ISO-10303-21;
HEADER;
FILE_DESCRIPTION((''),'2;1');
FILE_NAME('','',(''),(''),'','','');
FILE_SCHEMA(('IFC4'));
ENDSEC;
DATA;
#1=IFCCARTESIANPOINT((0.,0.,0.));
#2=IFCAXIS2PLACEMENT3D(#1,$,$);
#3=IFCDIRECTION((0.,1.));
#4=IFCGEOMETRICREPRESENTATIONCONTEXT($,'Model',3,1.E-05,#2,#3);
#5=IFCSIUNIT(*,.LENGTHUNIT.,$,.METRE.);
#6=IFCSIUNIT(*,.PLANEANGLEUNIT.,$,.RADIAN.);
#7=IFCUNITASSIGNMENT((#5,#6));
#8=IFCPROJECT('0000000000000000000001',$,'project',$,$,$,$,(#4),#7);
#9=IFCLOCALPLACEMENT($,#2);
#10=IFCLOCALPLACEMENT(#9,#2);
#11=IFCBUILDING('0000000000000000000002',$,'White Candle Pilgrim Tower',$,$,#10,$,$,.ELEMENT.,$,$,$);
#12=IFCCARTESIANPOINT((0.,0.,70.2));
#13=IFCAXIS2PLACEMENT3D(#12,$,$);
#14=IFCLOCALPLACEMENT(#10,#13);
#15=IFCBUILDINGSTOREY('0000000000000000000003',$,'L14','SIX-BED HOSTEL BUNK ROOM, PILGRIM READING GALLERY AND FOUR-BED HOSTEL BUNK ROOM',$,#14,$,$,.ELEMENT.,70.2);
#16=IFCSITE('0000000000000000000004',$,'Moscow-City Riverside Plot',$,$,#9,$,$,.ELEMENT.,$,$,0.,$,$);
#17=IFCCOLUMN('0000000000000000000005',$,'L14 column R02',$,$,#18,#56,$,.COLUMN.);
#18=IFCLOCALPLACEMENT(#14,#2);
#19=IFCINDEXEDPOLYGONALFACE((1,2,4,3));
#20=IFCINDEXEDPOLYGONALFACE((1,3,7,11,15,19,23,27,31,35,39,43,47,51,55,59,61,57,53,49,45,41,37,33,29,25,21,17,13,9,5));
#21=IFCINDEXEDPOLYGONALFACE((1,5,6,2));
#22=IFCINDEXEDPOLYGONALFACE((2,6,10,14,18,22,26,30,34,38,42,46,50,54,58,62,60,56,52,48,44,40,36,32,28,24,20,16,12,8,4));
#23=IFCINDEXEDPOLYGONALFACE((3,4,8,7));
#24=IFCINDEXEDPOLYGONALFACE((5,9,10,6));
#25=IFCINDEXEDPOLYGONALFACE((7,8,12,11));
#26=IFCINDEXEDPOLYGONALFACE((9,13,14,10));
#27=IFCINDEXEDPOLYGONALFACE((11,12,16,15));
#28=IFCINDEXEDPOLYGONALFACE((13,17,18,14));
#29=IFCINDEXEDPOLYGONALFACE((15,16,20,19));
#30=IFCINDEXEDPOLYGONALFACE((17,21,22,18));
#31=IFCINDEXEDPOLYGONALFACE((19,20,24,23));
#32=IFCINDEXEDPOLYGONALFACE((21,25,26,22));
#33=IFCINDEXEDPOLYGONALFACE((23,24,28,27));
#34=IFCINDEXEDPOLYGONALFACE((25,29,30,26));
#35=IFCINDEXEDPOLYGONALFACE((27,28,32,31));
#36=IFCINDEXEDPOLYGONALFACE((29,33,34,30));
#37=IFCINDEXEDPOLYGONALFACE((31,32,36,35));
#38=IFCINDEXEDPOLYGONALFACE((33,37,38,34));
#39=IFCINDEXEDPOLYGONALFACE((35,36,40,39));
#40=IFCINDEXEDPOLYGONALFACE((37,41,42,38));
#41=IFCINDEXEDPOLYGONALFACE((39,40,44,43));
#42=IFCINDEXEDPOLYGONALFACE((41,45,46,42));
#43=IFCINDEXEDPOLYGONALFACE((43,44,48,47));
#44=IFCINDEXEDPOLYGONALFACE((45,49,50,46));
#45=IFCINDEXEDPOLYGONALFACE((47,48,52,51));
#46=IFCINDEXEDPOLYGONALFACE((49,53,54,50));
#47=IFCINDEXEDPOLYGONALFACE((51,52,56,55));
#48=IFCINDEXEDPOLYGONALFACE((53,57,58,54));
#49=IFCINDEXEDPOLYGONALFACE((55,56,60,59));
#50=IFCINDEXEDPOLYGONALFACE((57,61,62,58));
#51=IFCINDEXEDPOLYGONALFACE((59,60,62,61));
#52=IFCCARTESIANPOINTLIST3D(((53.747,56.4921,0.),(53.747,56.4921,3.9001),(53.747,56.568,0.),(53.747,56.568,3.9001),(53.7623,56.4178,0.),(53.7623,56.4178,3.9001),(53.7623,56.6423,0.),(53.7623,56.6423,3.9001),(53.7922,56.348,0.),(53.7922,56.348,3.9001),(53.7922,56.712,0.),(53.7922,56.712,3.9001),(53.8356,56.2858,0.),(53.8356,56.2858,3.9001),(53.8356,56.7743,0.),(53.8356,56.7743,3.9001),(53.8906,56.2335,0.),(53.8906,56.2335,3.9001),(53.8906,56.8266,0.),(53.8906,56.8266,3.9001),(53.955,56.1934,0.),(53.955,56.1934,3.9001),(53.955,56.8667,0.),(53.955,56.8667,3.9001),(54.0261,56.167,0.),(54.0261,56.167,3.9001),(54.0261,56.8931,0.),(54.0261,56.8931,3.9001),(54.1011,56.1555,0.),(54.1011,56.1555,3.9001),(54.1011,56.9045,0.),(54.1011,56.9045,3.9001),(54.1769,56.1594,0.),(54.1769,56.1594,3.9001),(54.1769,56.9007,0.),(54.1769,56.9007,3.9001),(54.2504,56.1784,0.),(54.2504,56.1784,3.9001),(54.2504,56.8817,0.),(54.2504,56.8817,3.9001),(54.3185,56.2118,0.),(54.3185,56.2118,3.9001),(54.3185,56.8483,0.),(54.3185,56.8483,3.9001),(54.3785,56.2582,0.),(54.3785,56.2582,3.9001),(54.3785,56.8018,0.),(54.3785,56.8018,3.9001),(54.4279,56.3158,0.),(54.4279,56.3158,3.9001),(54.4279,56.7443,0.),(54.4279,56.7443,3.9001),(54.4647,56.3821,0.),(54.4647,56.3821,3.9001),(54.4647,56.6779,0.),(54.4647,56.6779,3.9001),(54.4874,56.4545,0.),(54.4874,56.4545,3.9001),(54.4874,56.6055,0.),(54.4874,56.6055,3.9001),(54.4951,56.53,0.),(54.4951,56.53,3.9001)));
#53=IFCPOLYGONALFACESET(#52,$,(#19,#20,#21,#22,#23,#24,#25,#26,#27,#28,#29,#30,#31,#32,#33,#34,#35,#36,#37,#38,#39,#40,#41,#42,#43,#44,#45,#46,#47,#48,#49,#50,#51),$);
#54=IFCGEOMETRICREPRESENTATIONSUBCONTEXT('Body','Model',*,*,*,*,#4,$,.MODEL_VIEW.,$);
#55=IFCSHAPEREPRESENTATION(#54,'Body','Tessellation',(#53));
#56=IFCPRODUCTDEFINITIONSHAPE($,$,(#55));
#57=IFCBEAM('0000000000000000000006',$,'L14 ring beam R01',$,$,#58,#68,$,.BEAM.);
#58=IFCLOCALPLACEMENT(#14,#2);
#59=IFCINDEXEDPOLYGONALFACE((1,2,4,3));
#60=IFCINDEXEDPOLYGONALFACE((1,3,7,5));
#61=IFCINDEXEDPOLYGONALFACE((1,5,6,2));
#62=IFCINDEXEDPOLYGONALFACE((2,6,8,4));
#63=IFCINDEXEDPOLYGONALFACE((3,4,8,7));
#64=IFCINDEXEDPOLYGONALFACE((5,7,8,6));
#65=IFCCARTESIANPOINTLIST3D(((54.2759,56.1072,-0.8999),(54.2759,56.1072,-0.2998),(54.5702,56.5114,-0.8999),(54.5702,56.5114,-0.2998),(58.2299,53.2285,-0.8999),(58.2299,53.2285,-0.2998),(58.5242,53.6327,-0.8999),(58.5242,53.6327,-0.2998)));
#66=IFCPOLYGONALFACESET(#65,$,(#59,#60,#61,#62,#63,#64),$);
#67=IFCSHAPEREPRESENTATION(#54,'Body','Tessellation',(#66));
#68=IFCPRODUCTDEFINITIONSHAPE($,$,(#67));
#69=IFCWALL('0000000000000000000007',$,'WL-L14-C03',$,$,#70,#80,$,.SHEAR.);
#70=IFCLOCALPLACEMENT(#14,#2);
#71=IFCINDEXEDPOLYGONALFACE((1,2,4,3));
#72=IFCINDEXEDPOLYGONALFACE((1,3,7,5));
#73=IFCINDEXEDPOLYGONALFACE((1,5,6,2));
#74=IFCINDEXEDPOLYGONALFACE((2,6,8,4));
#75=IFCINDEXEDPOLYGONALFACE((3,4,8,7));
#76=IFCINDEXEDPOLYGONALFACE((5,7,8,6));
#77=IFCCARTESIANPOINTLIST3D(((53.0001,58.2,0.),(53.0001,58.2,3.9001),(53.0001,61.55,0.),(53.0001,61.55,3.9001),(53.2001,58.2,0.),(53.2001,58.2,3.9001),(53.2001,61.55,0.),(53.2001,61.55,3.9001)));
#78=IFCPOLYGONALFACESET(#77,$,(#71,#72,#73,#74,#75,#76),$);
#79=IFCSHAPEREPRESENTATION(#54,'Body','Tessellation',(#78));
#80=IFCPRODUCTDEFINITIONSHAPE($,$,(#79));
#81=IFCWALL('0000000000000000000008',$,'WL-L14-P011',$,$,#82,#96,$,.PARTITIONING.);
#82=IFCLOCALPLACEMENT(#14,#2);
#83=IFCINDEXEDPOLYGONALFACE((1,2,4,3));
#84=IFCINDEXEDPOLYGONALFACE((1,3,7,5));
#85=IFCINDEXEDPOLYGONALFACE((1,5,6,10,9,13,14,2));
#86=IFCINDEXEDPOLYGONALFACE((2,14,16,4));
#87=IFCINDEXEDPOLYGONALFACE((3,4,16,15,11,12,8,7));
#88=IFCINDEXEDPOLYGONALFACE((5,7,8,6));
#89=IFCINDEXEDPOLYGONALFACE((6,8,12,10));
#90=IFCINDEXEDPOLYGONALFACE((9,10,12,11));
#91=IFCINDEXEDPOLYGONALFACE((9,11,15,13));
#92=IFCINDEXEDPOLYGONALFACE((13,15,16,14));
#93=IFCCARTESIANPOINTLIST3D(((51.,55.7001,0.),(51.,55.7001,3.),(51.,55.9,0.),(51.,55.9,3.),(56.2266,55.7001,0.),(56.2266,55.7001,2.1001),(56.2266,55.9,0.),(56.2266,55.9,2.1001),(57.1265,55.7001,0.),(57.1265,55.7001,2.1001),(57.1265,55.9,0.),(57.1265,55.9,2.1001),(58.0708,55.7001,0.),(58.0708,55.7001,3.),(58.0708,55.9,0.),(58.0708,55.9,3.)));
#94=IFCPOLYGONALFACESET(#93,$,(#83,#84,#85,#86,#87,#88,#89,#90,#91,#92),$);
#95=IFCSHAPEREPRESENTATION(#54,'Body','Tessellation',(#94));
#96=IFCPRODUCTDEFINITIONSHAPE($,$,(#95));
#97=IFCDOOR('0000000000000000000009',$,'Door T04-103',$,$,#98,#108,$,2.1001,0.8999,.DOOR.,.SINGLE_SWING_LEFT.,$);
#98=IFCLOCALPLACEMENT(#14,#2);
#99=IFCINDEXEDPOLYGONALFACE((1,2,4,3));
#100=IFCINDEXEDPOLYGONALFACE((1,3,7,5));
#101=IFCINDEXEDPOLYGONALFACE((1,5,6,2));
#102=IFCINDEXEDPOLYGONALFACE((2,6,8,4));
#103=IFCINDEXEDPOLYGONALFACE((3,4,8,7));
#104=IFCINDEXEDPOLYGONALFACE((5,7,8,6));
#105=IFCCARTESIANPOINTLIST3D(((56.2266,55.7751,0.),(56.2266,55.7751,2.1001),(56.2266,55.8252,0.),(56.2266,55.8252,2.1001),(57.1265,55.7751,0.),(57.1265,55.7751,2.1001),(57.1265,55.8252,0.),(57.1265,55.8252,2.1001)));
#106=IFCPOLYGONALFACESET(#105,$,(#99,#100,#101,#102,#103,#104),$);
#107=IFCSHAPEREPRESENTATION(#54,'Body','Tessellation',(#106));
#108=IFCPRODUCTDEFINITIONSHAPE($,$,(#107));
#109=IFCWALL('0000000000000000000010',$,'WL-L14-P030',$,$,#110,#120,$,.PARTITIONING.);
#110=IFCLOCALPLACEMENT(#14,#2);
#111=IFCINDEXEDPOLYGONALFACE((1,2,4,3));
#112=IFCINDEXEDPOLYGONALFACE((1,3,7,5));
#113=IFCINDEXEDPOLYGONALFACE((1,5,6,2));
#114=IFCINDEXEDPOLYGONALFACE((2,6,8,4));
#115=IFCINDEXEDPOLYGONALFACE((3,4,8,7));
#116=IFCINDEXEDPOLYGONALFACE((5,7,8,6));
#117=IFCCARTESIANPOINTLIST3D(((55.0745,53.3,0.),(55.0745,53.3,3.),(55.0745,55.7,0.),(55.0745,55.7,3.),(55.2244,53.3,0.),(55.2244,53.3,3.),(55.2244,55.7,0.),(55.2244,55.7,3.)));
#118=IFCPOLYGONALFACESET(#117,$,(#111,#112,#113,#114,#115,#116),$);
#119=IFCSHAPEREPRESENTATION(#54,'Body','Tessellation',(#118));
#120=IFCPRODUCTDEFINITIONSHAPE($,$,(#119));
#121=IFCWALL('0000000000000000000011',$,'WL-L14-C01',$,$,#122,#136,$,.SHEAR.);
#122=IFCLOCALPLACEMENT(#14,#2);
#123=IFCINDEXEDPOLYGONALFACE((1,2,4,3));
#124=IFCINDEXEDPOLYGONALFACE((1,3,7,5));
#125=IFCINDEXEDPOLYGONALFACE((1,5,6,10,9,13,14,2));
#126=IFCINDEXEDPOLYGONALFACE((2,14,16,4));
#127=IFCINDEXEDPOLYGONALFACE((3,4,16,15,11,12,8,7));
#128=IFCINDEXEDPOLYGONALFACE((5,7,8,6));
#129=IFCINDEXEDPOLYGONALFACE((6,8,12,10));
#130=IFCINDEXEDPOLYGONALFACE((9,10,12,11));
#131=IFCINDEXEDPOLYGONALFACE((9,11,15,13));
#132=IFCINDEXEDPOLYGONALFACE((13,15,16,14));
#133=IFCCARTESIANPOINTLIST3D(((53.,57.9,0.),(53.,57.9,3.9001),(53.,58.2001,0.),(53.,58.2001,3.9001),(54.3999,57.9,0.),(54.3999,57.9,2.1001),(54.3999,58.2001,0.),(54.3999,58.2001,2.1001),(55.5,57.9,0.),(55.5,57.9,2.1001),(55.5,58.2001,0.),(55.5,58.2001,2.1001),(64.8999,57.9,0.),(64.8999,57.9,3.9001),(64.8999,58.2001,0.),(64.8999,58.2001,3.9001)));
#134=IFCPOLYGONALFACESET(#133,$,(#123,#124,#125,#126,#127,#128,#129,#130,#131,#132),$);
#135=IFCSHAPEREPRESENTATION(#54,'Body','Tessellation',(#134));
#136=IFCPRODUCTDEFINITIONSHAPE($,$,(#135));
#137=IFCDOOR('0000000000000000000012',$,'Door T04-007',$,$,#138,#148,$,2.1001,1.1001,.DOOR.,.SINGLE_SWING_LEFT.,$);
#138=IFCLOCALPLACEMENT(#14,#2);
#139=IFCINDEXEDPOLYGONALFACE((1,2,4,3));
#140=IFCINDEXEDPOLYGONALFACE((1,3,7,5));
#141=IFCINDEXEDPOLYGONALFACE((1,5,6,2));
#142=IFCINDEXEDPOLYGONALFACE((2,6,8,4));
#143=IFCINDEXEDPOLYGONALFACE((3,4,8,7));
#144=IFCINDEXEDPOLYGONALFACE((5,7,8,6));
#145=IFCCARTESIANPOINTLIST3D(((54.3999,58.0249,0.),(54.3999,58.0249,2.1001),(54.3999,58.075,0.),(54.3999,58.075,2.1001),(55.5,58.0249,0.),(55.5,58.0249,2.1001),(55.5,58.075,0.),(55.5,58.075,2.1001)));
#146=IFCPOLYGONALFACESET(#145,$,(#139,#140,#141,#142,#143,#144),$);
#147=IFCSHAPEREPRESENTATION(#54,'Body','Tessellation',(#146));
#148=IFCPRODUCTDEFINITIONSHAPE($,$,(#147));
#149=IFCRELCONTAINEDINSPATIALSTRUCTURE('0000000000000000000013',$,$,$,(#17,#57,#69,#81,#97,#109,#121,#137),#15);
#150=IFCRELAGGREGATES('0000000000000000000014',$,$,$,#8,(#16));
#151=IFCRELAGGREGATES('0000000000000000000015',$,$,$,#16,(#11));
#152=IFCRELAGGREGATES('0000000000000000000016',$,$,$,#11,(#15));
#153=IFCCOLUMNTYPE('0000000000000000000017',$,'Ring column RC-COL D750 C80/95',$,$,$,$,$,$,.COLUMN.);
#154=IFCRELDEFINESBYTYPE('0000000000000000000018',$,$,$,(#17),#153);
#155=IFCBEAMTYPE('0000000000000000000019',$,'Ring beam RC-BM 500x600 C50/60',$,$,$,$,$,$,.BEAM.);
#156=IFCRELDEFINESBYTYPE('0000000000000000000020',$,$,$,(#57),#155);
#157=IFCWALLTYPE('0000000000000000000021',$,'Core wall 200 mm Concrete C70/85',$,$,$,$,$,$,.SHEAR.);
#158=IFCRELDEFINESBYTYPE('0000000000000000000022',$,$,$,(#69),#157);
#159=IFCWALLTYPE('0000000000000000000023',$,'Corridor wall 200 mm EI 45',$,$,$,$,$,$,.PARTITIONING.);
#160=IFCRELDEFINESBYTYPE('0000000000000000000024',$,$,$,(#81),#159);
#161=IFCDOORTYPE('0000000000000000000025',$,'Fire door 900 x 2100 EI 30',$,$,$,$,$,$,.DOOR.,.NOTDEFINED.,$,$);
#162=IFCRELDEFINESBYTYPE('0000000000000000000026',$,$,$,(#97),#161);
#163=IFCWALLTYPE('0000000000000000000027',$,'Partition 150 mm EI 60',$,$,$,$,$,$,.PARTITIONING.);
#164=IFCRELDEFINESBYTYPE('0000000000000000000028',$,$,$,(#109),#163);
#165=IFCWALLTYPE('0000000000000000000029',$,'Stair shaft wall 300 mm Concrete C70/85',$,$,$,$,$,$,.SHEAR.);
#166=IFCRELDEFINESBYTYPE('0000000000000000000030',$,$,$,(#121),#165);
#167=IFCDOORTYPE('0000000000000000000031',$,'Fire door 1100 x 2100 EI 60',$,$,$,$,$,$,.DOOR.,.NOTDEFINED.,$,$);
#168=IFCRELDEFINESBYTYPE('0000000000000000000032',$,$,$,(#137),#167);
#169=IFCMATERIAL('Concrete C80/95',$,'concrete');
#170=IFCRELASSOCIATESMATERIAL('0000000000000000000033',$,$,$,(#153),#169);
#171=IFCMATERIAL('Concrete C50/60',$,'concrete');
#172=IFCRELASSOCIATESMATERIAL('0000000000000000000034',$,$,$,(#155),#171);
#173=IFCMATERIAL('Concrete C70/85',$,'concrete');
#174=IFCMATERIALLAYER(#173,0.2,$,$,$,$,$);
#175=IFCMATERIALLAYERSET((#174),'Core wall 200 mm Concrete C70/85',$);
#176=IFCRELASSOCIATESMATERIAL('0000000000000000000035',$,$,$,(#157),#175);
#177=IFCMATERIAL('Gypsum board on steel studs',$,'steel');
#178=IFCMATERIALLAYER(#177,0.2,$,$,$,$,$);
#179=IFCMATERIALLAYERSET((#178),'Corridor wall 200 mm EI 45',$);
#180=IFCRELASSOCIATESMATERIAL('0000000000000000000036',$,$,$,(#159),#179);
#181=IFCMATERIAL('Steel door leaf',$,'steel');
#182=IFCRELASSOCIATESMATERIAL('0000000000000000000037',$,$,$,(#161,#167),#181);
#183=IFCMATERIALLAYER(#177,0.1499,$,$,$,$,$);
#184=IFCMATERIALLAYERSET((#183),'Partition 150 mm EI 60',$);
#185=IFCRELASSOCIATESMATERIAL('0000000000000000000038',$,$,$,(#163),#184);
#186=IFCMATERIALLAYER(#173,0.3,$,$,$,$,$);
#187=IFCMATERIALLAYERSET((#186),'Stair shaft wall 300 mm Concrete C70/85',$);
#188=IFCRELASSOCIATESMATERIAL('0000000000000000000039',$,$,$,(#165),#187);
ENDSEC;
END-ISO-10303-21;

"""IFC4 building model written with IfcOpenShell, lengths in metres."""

from ifc_helpers import new_model, si_unit, direction, frame, frame_2d, origin, origin_2d, place, context, subcontext, project, spatial, rectangle, circle, extrude, material, layer, layer_set, material_profile, profile_set, type_object, element, fill, save


model = new_model("IFC4")

# Units and contexts
model_context = context("Model", 3, precision=1e-05, world=origin(), true_north=direction((0.0, 1.0)))
body_context = subcontext(model_context, "Body", "Model", "MODEL_VIEW")
ifc_project = project(units=[si_unit("LENGTHUNIT", "METRE"), si_unit("PLANEANGLEUNIT", "RADIAN")], contexts=[model_context])

# Site, building, storey
site_placement = place(None, origin())
site = spatial("IfcSite", under=ifc_project, at=site_placement, Name="Moscow-City Riverside Plot", CompositionType="ELEMENT", RefElevation=0.0)
building_placement = place(site_placement, origin())
building = spatial("IfcBuilding", under=site, at=building_placement, Name="White Candle Pilgrim Tower", CompositionType="ELEMENT")
storey_placement = place(building_placement, frame((0.0, 0.0, 70.2)))
storey = spatial("IfcBuildingStorey", under=building, at=storey_placement, Name="L14", Description="SIX-BED HOSTEL BUNK ROOM, PILGRIM READING GALLERY AND FOUR-BED HOSTEL BUNK ROOM", CompositionType="ELEMENT", Elevation=70.2)

# Column
ifc_material_1 = material(Name="Concrete C80/95", Category="concrete")
ifc_material_profile_1 = material_profile(ifc_material_1, circle(Radius=0.375, at=origin_2d()), Name="RC-COL D750")
ifc_profile_set_1 = profile_set([ifc_material_profile_1], Name="Concrete C80/95")
column_type = type_object("IfcColumnType", Name="Ring column RC-COL D750 C80/95", PredefinedType="COLUMN", material=ifc_profile_set_1)
column_placement = place(storey_placement, frame((54.1201, 56.53, 0.0), z_axis=(0.0, 0.0, 1.0), x_axis=(1.0, 0.0, 0.0)))
element("IfcColumn", 1, at=column_placement, inside=storey, type_object=column_type, Name="L14 column R02", PredefinedType="COLUMN", context=body_context, shape_type="SweptSolid", body=[
    extrude(circle(Radius=0.375, at=origin_2d()), origin(), (0.0, 0.0, 1.0), 3.9001),
])

# Beam
ifc_material_2 = material(Name="Concrete C50/60", Category="concrete")
ifc_material_profile_2 = material_profile(ifc_material_2, rectangle(XDim=0.5, YDim=0.6001, at=origin_2d()), Name="RC-BM 500x600")
ifc_profile_set_2 = profile_set([ifc_material_profile_2], Name="Concrete C50/60")
beam_type = type_object("IfcBeamType", Name="Ring beam RC-BM 500x600 C50/60", PredefinedType="BEAM", material=ifc_profile_set_2)
beam_placement = place(storey_placement, frame((54.4231, 56.3093, -0.5999), z_axis=(0.808432, -0.58859, 0.0), x_axis=(0.58859, 0.808432, 0.0)))
element("IfcBeam", 2, at=beam_placement, inside=storey, type_object=beam_type, Name="L14 ring beam R01", PredefinedType="BEAM", context=body_context, shape_type="SweptSolid", body=[
    extrude(rectangle(XDim=0.5, YDim=0.6001, at=origin_2d()), origin(), (0.0, 0.0, 1.0), 4.8909),
])

# Wall
ifc_material_3 = material(Name="Concrete C70/85", Category="concrete")
ifc_layer_1 = layer(ifc_material_3, 0.2)
ifc_layer_set_1 = layer_set([ifc_layer_1], Name="Core wall 200 mm Concrete C70/85")
wall_type_1 = type_object("IfcWallType", Name="Core wall 200 mm Concrete C70/85", PredefinedType="SHEAR", material=ifc_layer_set_1)
wall_1_placement = place(storey_placement, frame((53.1001, 58.2, 0.0), z_axis=(0.0, 0.0, 1.0), x_axis=(0.0, 1.0, 0.0)))
element("IfcWall", 3, at=wall_1_placement, inside=storey, type_object=wall_type_1, Name="WL-L14-C03", PredefinedType="SHEAR", context=body_context, shape_type="SweptSolid", body=[
    extrude(rectangle(XDim=3.3501, YDim=0.2, at=frame_2d((1.675, 0.0))), origin(), (0.0, 0.0, 1.0), 3.9001),
])

# Wall, opening, door
ifc_material_4 = material(Name="Gypsum board on steel studs", Category="steel")
ifc_layer_2 = layer(ifc_material_4, 0.2)
ifc_layer_set_2 = layer_set([ifc_layer_2], Name="Corridor wall 200 mm EI 45")
wall_type_2 = type_object("IfcWallType", Name="Corridor wall 200 mm EI 45", PredefinedType="PARTITIONING", material=ifc_layer_set_2)
wall_2_placement = place(storey_placement, frame((58.0708, 55.8, 0.0), z_axis=(0.0, 0.0, 1.0), x_axis=(-1.0, 0.0, 0.0)))
wall_2 = element("IfcWall", 4, at=wall_2_placement, inside=storey, type_object=wall_type_2, Name="WL-L14-P011", PredefinedType="PARTITIONING", context=body_context, shape_type="SweptSolid", body=[
    extrude(rectangle(XDim=7.0708, YDim=0.2, at=frame_2d((3.5354, 0.0))), origin(), (0.0, 0.0, 1.0), 3.0),
])
opening_1_placement = place(wall_2_placement, frame((0.9443, 0.0, 0.0)))
opening_1 = element("IfcOpeningElement", 5, at=opening_1_placement, cuts=wall_2, PredefinedType="OPENING", context=body_context, shape_type="SweptSolid", body=[
    extrude(rectangle(XDim=0.8999, YDim=2.1001, at=frame_2d((0.45, 1.05))), frame((0.0, 0.1099, 0.0), z_axis=(0.0, -1.0, 0.0), x_axis=(1.0, 0.0, 0.0)), (0.0, 0.0, 1.0), 0.22),
])
ifc_material_5 = material(Name="Steel door leaf", Category="steel")
door_type_1 = type_object("IfcDoorType", Name="Fire door 900 x 2100 EI 30", OperationType="NOTDEFINED", PredefinedType="DOOR", material=ifc_material_5)
door_1_placement = place(opening_1_placement, origin())
door_1 = element("IfcDoor", 6, at=door_1_placement, inside=storey, type_object=door_type_1, Name="Door T04-103", OperationType="SINGLE_SWING_LEFT", OverallHeight=2.1001, OverallWidth=0.8999, PredefinedType="DOOR", context=body_context, shape_type="SweptSolid", body=[
    extrude(rectangle(XDim=0.8999, YDim=2.1001, at=frame_2d((0.45, 1.05))), frame((0.0, 0.0249, 0.0), z_axis=(0.0, -1.0, 0.0), x_axis=(1.0, 0.0, 0.0)), (0.0, 0.0, 1.0), 0.05),
])
fill(opening_1, door_1)

# Wall
ifc_layer_3 = layer(ifc_material_4, 0.1499)
ifc_layer_set_3 = layer_set([ifc_layer_3], Name="Partition 150 mm EI 60")
wall_type_3 = type_object("IfcWallType", Name="Partition 150 mm EI 60", PredefinedType="PARTITIONING", material=ifc_layer_set_3)
wall_3_placement = place(storey_placement, frame((55.1494, 55.7, 0.0), z_axis=(0.0, 0.0, 1.0), x_axis=(0.0, -1.0, 0.0)))
element("IfcWall", 7, at=wall_3_placement, inside=storey, type_object=wall_type_3, Name="WL-L14-P030", PredefinedType="PARTITIONING", context=body_context, shape_type="SweptSolid", body=[
    extrude(rectangle(XDim=2.3999, YDim=0.1499, at=frame_2d((1.2, 0.0))), origin(), (0.0, 0.0, 1.0), 3.0),
])

# Wall, opening, door
ifc_layer_4 = layer(ifc_material_3, 0.3)
ifc_layer_set_4 = layer_set([ifc_layer_4], Name="Stair shaft wall 300 mm Concrete C70/85")
wall_type_4 = type_object("IfcWallType", Name="Stair shaft wall 300 mm Concrete C70/85", PredefinedType="SHEAR", material=ifc_layer_set_4)
wall_4_placement = place(storey_placement, frame((53.0, 58.05, 0.0), z_axis=(0.0, 0.0, 1.0), x_axis=(1.0, 0.0, 0.0)))
wall_4 = element("IfcWall", 8, at=wall_4_placement, inside=storey, type_object=wall_type_4, Name="WL-L14-C01", PredefinedType="SHEAR", context=body_context, shape_type="SweptSolid", body=[
    extrude(rectangle(XDim=11.8999, YDim=0.3, at=frame_2d((5.95, 0.0))), origin(), (0.0, 0.0, 1.0), 3.9001),
])
opening_2_placement = place(wall_4_placement, frame((1.3999, 0.0, 0.0)))
opening_2 = element("IfcOpeningElement", 9, at=opening_2_placement, cuts=wall_4, PredefinedType="OPENING", context=body_context, shape_type="SweptSolid", body=[
    extrude(rectangle(XDim=1.1001, YDim=2.1001, at=frame_2d((0.55, 1.05))), frame((0.0, 0.1599, 0.0), z_axis=(0.0, -1.0, 0.0), x_axis=(1.0, 0.0, 0.0)), (0.0, 0.0, 1.0), 0.3201),
])
door_type_2 = type_object("IfcDoorType", Name="Fire door 1100 x 2100 EI 60", OperationType="NOTDEFINED", PredefinedType="DOOR", material=ifc_material_5)
door_2_placement = place(opening_2_placement, origin())
door_2 = element("IfcDoor", 10, at=door_2_placement, inside=storey, type_object=door_type_2, Name="Door T04-007", OperationType="SINGLE_SWING_LEFT", OverallHeight=2.1001, OverallWidth=1.1001, PredefinedType="DOOR", context=body_context, shape_type="SweptSolid", body=[
    extrude(rectangle(XDim=1.1001, YDim=2.1001, at=frame_2d((0.55, 1.05))), frame((0.0, 0.0249, 0.0), z_axis=(0.0, -1.0, 0.0), x_axis=(1.0, 0.0, 0.0)), (0.0, 0.0, 1.0), 0.05),
])
fill(opening_2, door_2)

save(model, "model.ifc")
